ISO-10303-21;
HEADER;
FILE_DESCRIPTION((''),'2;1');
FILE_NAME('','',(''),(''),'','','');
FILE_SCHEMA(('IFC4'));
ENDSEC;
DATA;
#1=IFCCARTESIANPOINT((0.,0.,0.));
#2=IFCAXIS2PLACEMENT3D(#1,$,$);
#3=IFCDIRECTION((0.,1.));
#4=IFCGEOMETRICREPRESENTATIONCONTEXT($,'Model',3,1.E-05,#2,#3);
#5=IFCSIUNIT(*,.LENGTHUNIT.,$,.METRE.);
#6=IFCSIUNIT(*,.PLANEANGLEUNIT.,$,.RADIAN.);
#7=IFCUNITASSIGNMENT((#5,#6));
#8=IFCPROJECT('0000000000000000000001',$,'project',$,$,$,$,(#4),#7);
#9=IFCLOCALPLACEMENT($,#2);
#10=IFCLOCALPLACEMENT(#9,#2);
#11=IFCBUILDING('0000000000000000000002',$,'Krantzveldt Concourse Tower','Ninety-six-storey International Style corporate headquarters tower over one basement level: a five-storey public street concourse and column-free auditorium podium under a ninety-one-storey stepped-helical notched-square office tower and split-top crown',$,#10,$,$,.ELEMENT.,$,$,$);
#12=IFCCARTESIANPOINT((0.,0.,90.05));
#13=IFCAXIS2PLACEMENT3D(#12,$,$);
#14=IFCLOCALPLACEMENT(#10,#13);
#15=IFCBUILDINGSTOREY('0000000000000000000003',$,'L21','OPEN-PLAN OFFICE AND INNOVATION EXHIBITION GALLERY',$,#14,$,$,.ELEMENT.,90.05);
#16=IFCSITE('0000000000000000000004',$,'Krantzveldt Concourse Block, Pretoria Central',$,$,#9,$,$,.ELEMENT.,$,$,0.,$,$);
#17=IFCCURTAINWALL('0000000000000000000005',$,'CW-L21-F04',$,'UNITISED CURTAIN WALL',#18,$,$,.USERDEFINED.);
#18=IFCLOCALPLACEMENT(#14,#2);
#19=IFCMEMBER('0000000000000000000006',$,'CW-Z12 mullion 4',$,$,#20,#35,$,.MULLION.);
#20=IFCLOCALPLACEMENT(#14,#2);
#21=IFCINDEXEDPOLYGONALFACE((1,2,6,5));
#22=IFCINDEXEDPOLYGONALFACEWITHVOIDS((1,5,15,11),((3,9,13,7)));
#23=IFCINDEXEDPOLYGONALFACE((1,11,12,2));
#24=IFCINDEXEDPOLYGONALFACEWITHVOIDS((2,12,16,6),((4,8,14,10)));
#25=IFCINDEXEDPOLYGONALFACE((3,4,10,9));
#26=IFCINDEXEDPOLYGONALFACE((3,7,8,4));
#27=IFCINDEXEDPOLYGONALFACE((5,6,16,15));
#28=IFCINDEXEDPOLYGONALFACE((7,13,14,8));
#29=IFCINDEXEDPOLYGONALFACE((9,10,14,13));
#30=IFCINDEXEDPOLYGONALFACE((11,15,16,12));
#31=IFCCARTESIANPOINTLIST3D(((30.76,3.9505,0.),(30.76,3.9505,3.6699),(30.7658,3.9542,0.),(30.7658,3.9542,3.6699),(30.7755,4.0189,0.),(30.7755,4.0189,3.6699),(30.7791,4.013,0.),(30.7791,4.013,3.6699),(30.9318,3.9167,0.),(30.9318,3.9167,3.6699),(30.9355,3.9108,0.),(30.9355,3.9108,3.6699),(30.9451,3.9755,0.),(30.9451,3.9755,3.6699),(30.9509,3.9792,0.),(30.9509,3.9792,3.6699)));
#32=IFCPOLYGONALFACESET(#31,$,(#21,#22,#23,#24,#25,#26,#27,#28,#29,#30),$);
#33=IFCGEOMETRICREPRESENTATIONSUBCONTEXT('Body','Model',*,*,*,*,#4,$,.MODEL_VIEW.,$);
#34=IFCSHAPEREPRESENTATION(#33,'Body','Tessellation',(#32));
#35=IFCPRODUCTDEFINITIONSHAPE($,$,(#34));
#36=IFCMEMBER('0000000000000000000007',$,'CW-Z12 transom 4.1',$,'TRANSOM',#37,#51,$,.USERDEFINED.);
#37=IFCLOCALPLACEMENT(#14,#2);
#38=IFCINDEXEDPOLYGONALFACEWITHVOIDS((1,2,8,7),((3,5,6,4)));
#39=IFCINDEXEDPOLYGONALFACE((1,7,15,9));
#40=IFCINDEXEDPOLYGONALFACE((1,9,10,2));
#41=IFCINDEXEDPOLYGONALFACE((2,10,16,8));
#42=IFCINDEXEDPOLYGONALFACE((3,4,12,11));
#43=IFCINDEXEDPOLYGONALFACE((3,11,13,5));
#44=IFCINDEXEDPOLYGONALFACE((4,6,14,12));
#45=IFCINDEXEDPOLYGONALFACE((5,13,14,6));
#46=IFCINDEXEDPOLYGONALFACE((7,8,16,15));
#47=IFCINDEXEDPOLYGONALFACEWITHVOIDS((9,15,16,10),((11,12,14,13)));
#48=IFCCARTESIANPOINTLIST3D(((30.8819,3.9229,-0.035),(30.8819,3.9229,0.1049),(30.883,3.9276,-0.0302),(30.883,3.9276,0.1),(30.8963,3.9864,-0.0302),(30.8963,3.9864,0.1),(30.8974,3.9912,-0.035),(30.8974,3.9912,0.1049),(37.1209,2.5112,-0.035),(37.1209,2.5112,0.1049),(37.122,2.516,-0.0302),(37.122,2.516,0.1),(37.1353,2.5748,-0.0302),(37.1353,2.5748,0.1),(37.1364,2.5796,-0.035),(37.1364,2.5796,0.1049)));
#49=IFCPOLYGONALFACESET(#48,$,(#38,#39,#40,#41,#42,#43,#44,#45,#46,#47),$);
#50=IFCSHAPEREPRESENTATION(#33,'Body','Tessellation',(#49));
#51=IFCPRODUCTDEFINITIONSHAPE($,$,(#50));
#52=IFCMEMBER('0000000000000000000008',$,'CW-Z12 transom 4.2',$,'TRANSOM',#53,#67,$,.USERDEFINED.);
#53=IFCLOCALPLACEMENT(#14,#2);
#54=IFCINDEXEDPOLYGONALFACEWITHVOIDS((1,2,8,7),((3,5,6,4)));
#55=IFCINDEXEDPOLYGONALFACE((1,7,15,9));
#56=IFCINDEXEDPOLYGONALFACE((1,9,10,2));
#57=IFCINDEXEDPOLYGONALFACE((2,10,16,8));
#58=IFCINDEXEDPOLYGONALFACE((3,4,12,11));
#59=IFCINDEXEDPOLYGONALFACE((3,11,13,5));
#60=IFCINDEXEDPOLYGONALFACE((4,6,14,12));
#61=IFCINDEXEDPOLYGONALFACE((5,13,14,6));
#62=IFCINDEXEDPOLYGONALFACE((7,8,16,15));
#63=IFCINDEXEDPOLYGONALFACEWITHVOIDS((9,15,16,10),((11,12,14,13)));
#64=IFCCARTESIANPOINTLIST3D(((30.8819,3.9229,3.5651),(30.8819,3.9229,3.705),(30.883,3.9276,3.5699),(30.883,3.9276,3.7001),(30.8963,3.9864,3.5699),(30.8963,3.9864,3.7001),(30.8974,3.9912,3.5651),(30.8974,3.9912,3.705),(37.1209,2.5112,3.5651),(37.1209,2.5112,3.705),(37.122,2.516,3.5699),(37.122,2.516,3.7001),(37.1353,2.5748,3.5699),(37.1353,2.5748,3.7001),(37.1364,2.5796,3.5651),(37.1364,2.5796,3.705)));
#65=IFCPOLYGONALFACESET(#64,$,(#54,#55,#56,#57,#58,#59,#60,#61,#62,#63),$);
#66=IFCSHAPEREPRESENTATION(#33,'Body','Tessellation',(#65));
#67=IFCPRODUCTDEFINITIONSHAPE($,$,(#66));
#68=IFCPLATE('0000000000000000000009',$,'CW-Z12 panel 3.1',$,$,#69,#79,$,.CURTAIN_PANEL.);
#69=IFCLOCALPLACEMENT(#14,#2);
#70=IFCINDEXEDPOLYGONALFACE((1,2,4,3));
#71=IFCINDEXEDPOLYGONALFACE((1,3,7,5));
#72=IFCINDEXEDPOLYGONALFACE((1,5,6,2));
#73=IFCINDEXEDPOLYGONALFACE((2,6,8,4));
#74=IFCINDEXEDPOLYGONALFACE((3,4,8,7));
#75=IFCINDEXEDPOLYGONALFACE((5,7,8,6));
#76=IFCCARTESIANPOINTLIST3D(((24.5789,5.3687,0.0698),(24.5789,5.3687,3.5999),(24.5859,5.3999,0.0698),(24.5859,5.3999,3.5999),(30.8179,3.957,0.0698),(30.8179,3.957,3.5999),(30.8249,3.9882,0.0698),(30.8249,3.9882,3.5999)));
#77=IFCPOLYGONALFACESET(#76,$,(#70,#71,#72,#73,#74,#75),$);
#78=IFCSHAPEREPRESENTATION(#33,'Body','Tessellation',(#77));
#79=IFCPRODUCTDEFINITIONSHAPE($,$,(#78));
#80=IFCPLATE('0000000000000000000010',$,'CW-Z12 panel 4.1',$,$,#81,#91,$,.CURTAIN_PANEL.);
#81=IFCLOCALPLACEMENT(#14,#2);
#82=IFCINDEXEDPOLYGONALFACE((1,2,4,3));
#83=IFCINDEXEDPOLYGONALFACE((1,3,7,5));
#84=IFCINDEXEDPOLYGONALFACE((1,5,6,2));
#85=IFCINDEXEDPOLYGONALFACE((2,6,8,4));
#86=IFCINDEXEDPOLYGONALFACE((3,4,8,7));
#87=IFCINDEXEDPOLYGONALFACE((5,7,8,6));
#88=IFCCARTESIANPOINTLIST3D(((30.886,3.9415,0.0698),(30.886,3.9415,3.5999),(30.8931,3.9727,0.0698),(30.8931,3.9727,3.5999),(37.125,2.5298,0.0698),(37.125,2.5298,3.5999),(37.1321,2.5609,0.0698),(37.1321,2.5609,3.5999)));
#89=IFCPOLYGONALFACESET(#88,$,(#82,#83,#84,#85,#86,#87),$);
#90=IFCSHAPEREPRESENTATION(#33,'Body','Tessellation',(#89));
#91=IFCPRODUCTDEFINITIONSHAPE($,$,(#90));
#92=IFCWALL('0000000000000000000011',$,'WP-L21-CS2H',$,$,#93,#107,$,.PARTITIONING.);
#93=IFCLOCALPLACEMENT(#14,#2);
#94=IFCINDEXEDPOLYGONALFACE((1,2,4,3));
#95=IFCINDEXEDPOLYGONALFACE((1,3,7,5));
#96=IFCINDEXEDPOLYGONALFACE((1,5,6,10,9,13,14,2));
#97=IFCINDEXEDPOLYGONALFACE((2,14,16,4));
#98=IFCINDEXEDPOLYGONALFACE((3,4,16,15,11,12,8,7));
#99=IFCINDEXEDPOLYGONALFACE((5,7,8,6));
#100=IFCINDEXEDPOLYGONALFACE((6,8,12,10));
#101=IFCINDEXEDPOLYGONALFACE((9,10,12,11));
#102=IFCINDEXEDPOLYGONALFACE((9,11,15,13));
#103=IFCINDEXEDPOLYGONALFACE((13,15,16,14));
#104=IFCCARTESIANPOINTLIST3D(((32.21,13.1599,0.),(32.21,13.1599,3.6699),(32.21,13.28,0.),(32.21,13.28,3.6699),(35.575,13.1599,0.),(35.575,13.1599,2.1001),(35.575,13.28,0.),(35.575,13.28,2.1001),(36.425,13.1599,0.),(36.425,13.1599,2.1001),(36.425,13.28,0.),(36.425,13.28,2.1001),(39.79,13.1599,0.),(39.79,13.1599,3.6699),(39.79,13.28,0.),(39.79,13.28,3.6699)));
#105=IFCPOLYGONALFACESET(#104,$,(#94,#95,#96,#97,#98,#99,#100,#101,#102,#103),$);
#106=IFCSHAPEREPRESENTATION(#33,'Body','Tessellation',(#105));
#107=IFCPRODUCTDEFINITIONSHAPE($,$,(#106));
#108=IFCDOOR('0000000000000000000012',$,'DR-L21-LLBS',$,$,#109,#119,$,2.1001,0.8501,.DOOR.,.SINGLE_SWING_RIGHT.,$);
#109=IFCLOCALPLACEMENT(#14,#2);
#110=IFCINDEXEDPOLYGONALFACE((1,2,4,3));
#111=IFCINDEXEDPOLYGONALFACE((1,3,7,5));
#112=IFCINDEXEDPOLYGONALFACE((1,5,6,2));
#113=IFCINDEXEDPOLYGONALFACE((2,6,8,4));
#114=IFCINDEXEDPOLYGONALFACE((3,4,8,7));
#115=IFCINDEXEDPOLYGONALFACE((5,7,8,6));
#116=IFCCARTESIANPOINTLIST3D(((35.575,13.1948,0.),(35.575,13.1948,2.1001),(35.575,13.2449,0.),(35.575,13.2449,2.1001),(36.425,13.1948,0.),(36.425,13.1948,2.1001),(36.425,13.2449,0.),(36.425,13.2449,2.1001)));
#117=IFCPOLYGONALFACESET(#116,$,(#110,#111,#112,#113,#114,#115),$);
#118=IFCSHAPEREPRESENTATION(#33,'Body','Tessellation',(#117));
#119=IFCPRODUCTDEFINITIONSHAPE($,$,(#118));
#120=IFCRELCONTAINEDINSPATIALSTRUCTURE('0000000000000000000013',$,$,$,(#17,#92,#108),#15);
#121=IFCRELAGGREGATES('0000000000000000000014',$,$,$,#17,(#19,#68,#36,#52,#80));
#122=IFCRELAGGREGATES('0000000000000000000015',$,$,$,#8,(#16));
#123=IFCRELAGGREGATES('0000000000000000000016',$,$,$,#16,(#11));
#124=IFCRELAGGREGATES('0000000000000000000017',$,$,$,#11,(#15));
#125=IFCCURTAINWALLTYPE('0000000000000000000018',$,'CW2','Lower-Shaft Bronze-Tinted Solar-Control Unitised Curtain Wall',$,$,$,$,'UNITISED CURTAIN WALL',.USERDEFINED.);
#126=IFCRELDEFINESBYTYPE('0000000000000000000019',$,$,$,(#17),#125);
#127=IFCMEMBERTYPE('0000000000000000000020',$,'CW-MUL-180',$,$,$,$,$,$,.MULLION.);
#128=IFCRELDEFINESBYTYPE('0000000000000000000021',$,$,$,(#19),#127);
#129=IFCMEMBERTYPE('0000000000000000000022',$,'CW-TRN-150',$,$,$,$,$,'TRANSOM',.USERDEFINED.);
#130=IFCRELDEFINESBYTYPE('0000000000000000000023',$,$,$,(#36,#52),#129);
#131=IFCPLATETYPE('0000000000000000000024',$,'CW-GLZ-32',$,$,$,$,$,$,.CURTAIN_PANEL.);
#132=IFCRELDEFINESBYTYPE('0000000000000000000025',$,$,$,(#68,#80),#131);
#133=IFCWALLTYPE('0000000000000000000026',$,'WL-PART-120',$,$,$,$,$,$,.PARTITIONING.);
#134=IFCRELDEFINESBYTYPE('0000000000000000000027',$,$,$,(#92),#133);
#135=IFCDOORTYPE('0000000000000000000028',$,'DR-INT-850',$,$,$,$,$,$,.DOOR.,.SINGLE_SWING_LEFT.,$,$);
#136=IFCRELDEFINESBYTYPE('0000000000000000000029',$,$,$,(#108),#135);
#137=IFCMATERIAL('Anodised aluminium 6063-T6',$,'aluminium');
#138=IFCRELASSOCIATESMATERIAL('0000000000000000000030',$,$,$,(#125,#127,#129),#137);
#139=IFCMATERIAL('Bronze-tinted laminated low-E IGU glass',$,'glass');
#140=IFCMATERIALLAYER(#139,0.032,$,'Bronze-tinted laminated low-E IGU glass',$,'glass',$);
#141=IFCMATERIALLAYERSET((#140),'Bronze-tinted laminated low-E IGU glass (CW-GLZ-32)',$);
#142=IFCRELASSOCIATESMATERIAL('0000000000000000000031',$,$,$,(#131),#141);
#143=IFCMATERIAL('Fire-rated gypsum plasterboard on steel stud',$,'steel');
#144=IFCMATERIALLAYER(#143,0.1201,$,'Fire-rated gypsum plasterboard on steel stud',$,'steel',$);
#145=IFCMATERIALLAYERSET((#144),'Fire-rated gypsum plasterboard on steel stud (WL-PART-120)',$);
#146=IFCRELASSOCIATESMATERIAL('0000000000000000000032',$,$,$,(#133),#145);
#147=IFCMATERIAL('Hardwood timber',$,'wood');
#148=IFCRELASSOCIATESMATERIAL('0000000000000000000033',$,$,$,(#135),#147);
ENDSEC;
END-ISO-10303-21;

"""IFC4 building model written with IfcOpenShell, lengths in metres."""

from ifc_helpers import new_model, si_unit, direction, frame, frame_2d, origin, origin_2d, place, context, subcontext, project, spatial, rectangle, hollow_rectangle, extrude, source, transform, mapped, material, layer, layer_set, material_profile, profile_set, type_object, type_shapes, element, fill, aggregate, save


model = new_model("IFC4")

# Units and contexts
model_context = context("Model", 3, precision=1e-05, world=origin(), true_north=direction((0.0, 1.0)))
body_context = subcontext(model_context, "Body", "Model", "MODEL_VIEW")
ifc_project = project(units=[si_unit("LENGTHUNIT", "METRE"), si_unit("PLANEANGLEUNIT", "RADIAN")], contexts=[model_context])

# Site, building, storey
site_placement = place(None, origin())
site = spatial("IfcSite", under=ifc_project, at=site_placement, Name="Krantzveldt Concourse Block, Pretoria Central", CompositionType="ELEMENT", RefElevation=0.0)
building_placement = place(site_placement, origin())
building = spatial("IfcBuilding", under=site, at=building_placement, Name="Krantzveldt Concourse Tower", Description="Ninety-six-storey International Style corporate headquarters tower over one basement level: a five-storey public street concourse and column-free auditorium podium under a ninety-one-storey stepped-helical notched-square office tower and split-top crown", CompositionType="ELEMENT")
storey_placement = place(building_placement, frame((0.0, 0.0, 90.05)))
storey = spatial("IfcBuildingStorey", under=building, at=storey_placement, Name="L21", Description="OPEN-PLAN OFFICE AND INNOVATION EXHIBITION GALLERY", CompositionType="ELEMENT", Elevation=90.05)

# Curtain wall, members, plates
ifc_material_1 = material(Name="Anodised aluminium 6063-T6", Category="aluminium")
curtain_wall_type = type_object("IfcCurtainWallType", Name="CW2", Description="Lower-Shaft Bronze-Tinted Solar-Control Unitised Curtain Wall", ElementType="UNITISED CURTAIN WALL", PredefinedType="USERDEFINED", material=ifc_material_1)
curtain_wall_placement = place(storey_placement, origin())
curtain_wall = element("IfcCurtainWall", 1, at=curtain_wall_placement, inside=storey, type_object=curtain_wall_type, Name="CW-L21-F04", ObjectType="UNITISED CURTAIN WALL", PredefinedType="USERDEFINED")
ifc_material_profile_1 = material_profile(ifc_material_1, hollow_rectangle(XDim=0.0701, YDim=0.1799, WallThickness=0.0049, at=origin_2d()), Name="Anodised aluminium 6063-T6", Category="aluminium")
ifc_profile_set_1 = profile_set([ifc_material_profile_1], Name="Anodised aluminium 6063-T6 - ALU-MULL 180x70x5")
member_type_1 = type_object("IfcMemberType", Name="CW-MUL-180", PredefinedType="MULLION", material=ifc_profile_set_1)
shared_shape_1 = source(origin(), body_context, "Body", "SweptSolid", [
    extrude(hollow_rectangle(XDim=0.0701, YDim=0.1799, WallThickness=0.0049, at=origin_2d()), origin(), (0.0, 0.0, 1.0), 3.6699),
])
type_shapes(member_type_1, [shared_shape_1])
member_1_placement = place(storey_placement, frame((30.8555, 3.9648, 0.0), z_axis=(0.0, 0.0, 1.0), x_axis=(0.220697, 0.975342, 0.0)))
member_1 = element("IfcMember", 2, at=member_1_placement, type_object=member_type_1, Name="CW-Z12 mullion 4", PredefinedType="MULLION", context=body_context, shape_type="MappedRepresentation", body=[
    mapped(shared_shape_1, transform((0.0, 0.0, 0.0), x_axis=(1.0, 0.0, 0.0), y_axis=(0.0, 1.0, 0.0), z_axis=(0.0, 0.0, 1.0), scale=1.0)),
])
ifc_material_profile_2 = material_profile(ifc_material_1, hollow_rectangle(XDim=0.0701, YDim=0.1399, WallThickness=0.0049, at=origin_2d()), Name="Anodised aluminium 6063-T6", Category="aluminium")
ifc_profile_set_2 = profile_set([ifc_material_profile_2], Name="Anodised aluminium 6063-T6 - ALU-TRAN 140x70x5")
member_type_2 = type_object("IfcMemberType", Name="CW-TRN-150", ElementType="TRANSOM", PredefinedType="USERDEFINED", material=ifc_profile_set_2)
shared_shape_2 = source(origin(), body_context, "Body", "SweptSolid", [
    extrude(hollow_rectangle(XDim=0.0701, YDim=0.1399, WallThickness=0.0049, at=origin_2d()), origin(), (0.0, 0.0, 1.0), 6.3967),
])
type_shapes(member_type_2, [shared_shape_2])
member_2_placement = place(storey_placement, frame((30.8896, 3.957, 0.0349), z_axis=(0.975346, -0.220679, 0.0), x_axis=(0.220679, 0.975346, 0.0)))
member_2 = element("IfcMember", 3, at=member_2_placement, type_object=member_type_2, Name="CW-Z12 transom 4.1", ObjectType="TRANSOM", PredefinedType="USERDEFINED", context=body_context, shape_type="MappedRepresentation", body=[
    mapped(shared_shape_2, transform((0.0, 0.0, 0.0), x_axis=(1.0, 0.0, 0.0), y_axis=(0.0, 1.0, 0.0), z_axis=(0.0, 0.0, 1.0), scale=1.0)),
])
member_3_placement = place(storey_placement, frame((30.8896, 3.957, 3.635), z_axis=(0.975346, -0.220679, 0.0), x_axis=(0.220679, 0.975346, 0.0)))
member_3 = element("IfcMember", 4, at=member_3_placement, type_object=member_type_2, Name="CW-Z12 transom 4.2", ObjectType="TRANSOM", PredefinedType="USERDEFINED", context=body_context, shape_type="MappedRepresentation", body=[
    mapped(shared_shape_2, transform((0.0, 0.0, 0.0), x_axis=(1.0, 0.0, 0.0), y_axis=(0.0, 1.0, 0.0), z_axis=(0.0, 0.0, 1.0), scale=1.0)),
])
ifc_material_2 = material(Name="Bronze-tinted laminated low-E IGU glass", Category="glass")
ifc_layer_1 = layer(ifc_material_2, 0.032, Name="Bronze-tinted laminated low-E IGU glass", Category="glass")
ifc_layer_set_1 = layer_set([ifc_layer_1], Name="Bronze-tinted laminated low-E IGU glass (CW-GLZ-32)")
plate_type = type_object("IfcPlateType", Name="CW-GLZ-32", PredefinedType="CURTAIN_PANEL", material=ifc_layer_set_1)
shared_shape_3 = source(origin(), body_context, "Body", "SweptSolid", [
    extrude(rectangle(XDim=6.3967, YDim=0.032, at=origin_2d()), origin(), (0.0, 0.0, 1.0), 3.53),
])
type_shapes(plate_type, [shared_shape_3])
plate_1_placement = place(storey_placement, frame((27.7019, 4.6785, 0.0698), z_axis=(0.0, 0.0, 1.0), x_axis=(0.975342, -0.220697, 0.0)))
plate_1 = element("IfcPlate", 5, at=plate_1_placement, type_object=plate_type, Name="CW-Z12 panel 3.1", PredefinedType="CURTAIN_PANEL", context=body_context, shape_type="MappedRepresentation", body=[
    mapped(shared_shape_3, transform((0.0, 0.0, 0.0), x_axis=(1.0, 0.0, 0.0), y_axis=(0.0, 1.0, 0.0), z_axis=(0.0, 0.0, 1.0), scale=1.0)),
])
plate_2_placement = place(storey_placement, frame((34.009, 3.2512, 0.0698), z_axis=(0.0, 0.0, 1.0), x_axis=(0.975342, -0.220697, 0.0)))
plate_2 = element("IfcPlate", 6, at=plate_2_placement, type_object=plate_type, Name="CW-Z12 panel 4.1", PredefinedType="CURTAIN_PANEL", context=body_context, shape_type="MappedRepresentation", body=[
    mapped(shared_shape_3, transform((0.0, 0.0, 0.0), x_axis=(1.0, 0.0, 0.0), y_axis=(0.0, 1.0, 0.0), z_axis=(0.0, 0.0, 1.0), scale=1.0)),
])
aggregate(curtain_wall, [member_1, plate_1, member_2, member_3, plate_2])

# Wall, opening, door
ifc_material_3 = material(Name="Fire-rated gypsum plasterboard on steel stud", Category="steel")
ifc_layer_2 = layer(ifc_material_3, 0.1201, Name="Fire-rated gypsum plasterboard on steel stud", Category="steel")
ifc_layer_set_2 = layer_set([ifc_layer_2], Name="Fire-rated gypsum plasterboard on steel stud (WL-PART-120)")
wall_type_1 = type_object("IfcWallType", Name="WL-PART-120", PredefinedType="PARTITIONING", material=ifc_layer_set_2)
wall_1_placement = place(storey_placement, frame((32.21, 13.22, 0.0), z_axis=(0.0, 0.0, 1.0), x_axis=(1.0, 0.0, 0.0)))
wall_1 = element("IfcWall", 7, at=wall_1_placement, inside=storey, type_object=wall_type_1, Name="WP-L21-CS2H", PredefinedType="PARTITIONING", context=body_context, shape_type="SweptSolid", body=[
    extrude(rectangle(XDim=7.5801, YDim=0.1201, at=frame_2d((3.79, 0.0))), origin(), (0.0, 0.0, 1.0), 3.6699),
])
opening_1_placement = place(wall_1_placement, frame((3.365, 0.0, 0.0)))
opening_1 = element("IfcOpeningElement", 8, at=opening_1_placement, cuts=wall_1, PredefinedType="OPENING", context=body_context, shape_type="SweptSolid", body=[
    extrude(rectangle(XDim=0.8501, YDim=2.1001, at=frame_2d((0.425, 1.05))), frame((0.0, 0.0701, 0.0), z_axis=(0.0, -1.0, 0.0), x_axis=(1.0, 0.0, 0.0)), (0.0, 0.0, 1.0), 0.1401),
])
ifc_material_4 = material(Name="Hardwood timber", Category="wood")
door_type_1 = type_object("IfcDoorType", Name="DR-INT-850", OperationType="SINGLE_SWING_LEFT", PredefinedType="DOOR", material=ifc_material_4)
door_1_placement = place(opening_1_placement, origin())
door_1 = element("IfcDoor", 9, at=door_1_placement, inside=storey, type_object=door_type_1, Name="DR-L21-LLBS", OperationType="SINGLE_SWING_RIGHT", OverallHeight=2.1001, OverallWidth=0.8501, PredefinedType="DOOR", context=body_context, shape_type="SweptSolid", body=[
    extrude(rectangle(XDim=0.8501, YDim=2.1001, at=frame_2d((0.425, 1.05))), frame((0.0, 0.0249, 0.0), z_axis=(0.0, -1.0, 0.0), x_axis=(1.0, 0.0, 0.0)), (0.0, 0.0, 1.0), 0.05),
])
fill(opening_1, door_1)

save(model, "model.ifc")
